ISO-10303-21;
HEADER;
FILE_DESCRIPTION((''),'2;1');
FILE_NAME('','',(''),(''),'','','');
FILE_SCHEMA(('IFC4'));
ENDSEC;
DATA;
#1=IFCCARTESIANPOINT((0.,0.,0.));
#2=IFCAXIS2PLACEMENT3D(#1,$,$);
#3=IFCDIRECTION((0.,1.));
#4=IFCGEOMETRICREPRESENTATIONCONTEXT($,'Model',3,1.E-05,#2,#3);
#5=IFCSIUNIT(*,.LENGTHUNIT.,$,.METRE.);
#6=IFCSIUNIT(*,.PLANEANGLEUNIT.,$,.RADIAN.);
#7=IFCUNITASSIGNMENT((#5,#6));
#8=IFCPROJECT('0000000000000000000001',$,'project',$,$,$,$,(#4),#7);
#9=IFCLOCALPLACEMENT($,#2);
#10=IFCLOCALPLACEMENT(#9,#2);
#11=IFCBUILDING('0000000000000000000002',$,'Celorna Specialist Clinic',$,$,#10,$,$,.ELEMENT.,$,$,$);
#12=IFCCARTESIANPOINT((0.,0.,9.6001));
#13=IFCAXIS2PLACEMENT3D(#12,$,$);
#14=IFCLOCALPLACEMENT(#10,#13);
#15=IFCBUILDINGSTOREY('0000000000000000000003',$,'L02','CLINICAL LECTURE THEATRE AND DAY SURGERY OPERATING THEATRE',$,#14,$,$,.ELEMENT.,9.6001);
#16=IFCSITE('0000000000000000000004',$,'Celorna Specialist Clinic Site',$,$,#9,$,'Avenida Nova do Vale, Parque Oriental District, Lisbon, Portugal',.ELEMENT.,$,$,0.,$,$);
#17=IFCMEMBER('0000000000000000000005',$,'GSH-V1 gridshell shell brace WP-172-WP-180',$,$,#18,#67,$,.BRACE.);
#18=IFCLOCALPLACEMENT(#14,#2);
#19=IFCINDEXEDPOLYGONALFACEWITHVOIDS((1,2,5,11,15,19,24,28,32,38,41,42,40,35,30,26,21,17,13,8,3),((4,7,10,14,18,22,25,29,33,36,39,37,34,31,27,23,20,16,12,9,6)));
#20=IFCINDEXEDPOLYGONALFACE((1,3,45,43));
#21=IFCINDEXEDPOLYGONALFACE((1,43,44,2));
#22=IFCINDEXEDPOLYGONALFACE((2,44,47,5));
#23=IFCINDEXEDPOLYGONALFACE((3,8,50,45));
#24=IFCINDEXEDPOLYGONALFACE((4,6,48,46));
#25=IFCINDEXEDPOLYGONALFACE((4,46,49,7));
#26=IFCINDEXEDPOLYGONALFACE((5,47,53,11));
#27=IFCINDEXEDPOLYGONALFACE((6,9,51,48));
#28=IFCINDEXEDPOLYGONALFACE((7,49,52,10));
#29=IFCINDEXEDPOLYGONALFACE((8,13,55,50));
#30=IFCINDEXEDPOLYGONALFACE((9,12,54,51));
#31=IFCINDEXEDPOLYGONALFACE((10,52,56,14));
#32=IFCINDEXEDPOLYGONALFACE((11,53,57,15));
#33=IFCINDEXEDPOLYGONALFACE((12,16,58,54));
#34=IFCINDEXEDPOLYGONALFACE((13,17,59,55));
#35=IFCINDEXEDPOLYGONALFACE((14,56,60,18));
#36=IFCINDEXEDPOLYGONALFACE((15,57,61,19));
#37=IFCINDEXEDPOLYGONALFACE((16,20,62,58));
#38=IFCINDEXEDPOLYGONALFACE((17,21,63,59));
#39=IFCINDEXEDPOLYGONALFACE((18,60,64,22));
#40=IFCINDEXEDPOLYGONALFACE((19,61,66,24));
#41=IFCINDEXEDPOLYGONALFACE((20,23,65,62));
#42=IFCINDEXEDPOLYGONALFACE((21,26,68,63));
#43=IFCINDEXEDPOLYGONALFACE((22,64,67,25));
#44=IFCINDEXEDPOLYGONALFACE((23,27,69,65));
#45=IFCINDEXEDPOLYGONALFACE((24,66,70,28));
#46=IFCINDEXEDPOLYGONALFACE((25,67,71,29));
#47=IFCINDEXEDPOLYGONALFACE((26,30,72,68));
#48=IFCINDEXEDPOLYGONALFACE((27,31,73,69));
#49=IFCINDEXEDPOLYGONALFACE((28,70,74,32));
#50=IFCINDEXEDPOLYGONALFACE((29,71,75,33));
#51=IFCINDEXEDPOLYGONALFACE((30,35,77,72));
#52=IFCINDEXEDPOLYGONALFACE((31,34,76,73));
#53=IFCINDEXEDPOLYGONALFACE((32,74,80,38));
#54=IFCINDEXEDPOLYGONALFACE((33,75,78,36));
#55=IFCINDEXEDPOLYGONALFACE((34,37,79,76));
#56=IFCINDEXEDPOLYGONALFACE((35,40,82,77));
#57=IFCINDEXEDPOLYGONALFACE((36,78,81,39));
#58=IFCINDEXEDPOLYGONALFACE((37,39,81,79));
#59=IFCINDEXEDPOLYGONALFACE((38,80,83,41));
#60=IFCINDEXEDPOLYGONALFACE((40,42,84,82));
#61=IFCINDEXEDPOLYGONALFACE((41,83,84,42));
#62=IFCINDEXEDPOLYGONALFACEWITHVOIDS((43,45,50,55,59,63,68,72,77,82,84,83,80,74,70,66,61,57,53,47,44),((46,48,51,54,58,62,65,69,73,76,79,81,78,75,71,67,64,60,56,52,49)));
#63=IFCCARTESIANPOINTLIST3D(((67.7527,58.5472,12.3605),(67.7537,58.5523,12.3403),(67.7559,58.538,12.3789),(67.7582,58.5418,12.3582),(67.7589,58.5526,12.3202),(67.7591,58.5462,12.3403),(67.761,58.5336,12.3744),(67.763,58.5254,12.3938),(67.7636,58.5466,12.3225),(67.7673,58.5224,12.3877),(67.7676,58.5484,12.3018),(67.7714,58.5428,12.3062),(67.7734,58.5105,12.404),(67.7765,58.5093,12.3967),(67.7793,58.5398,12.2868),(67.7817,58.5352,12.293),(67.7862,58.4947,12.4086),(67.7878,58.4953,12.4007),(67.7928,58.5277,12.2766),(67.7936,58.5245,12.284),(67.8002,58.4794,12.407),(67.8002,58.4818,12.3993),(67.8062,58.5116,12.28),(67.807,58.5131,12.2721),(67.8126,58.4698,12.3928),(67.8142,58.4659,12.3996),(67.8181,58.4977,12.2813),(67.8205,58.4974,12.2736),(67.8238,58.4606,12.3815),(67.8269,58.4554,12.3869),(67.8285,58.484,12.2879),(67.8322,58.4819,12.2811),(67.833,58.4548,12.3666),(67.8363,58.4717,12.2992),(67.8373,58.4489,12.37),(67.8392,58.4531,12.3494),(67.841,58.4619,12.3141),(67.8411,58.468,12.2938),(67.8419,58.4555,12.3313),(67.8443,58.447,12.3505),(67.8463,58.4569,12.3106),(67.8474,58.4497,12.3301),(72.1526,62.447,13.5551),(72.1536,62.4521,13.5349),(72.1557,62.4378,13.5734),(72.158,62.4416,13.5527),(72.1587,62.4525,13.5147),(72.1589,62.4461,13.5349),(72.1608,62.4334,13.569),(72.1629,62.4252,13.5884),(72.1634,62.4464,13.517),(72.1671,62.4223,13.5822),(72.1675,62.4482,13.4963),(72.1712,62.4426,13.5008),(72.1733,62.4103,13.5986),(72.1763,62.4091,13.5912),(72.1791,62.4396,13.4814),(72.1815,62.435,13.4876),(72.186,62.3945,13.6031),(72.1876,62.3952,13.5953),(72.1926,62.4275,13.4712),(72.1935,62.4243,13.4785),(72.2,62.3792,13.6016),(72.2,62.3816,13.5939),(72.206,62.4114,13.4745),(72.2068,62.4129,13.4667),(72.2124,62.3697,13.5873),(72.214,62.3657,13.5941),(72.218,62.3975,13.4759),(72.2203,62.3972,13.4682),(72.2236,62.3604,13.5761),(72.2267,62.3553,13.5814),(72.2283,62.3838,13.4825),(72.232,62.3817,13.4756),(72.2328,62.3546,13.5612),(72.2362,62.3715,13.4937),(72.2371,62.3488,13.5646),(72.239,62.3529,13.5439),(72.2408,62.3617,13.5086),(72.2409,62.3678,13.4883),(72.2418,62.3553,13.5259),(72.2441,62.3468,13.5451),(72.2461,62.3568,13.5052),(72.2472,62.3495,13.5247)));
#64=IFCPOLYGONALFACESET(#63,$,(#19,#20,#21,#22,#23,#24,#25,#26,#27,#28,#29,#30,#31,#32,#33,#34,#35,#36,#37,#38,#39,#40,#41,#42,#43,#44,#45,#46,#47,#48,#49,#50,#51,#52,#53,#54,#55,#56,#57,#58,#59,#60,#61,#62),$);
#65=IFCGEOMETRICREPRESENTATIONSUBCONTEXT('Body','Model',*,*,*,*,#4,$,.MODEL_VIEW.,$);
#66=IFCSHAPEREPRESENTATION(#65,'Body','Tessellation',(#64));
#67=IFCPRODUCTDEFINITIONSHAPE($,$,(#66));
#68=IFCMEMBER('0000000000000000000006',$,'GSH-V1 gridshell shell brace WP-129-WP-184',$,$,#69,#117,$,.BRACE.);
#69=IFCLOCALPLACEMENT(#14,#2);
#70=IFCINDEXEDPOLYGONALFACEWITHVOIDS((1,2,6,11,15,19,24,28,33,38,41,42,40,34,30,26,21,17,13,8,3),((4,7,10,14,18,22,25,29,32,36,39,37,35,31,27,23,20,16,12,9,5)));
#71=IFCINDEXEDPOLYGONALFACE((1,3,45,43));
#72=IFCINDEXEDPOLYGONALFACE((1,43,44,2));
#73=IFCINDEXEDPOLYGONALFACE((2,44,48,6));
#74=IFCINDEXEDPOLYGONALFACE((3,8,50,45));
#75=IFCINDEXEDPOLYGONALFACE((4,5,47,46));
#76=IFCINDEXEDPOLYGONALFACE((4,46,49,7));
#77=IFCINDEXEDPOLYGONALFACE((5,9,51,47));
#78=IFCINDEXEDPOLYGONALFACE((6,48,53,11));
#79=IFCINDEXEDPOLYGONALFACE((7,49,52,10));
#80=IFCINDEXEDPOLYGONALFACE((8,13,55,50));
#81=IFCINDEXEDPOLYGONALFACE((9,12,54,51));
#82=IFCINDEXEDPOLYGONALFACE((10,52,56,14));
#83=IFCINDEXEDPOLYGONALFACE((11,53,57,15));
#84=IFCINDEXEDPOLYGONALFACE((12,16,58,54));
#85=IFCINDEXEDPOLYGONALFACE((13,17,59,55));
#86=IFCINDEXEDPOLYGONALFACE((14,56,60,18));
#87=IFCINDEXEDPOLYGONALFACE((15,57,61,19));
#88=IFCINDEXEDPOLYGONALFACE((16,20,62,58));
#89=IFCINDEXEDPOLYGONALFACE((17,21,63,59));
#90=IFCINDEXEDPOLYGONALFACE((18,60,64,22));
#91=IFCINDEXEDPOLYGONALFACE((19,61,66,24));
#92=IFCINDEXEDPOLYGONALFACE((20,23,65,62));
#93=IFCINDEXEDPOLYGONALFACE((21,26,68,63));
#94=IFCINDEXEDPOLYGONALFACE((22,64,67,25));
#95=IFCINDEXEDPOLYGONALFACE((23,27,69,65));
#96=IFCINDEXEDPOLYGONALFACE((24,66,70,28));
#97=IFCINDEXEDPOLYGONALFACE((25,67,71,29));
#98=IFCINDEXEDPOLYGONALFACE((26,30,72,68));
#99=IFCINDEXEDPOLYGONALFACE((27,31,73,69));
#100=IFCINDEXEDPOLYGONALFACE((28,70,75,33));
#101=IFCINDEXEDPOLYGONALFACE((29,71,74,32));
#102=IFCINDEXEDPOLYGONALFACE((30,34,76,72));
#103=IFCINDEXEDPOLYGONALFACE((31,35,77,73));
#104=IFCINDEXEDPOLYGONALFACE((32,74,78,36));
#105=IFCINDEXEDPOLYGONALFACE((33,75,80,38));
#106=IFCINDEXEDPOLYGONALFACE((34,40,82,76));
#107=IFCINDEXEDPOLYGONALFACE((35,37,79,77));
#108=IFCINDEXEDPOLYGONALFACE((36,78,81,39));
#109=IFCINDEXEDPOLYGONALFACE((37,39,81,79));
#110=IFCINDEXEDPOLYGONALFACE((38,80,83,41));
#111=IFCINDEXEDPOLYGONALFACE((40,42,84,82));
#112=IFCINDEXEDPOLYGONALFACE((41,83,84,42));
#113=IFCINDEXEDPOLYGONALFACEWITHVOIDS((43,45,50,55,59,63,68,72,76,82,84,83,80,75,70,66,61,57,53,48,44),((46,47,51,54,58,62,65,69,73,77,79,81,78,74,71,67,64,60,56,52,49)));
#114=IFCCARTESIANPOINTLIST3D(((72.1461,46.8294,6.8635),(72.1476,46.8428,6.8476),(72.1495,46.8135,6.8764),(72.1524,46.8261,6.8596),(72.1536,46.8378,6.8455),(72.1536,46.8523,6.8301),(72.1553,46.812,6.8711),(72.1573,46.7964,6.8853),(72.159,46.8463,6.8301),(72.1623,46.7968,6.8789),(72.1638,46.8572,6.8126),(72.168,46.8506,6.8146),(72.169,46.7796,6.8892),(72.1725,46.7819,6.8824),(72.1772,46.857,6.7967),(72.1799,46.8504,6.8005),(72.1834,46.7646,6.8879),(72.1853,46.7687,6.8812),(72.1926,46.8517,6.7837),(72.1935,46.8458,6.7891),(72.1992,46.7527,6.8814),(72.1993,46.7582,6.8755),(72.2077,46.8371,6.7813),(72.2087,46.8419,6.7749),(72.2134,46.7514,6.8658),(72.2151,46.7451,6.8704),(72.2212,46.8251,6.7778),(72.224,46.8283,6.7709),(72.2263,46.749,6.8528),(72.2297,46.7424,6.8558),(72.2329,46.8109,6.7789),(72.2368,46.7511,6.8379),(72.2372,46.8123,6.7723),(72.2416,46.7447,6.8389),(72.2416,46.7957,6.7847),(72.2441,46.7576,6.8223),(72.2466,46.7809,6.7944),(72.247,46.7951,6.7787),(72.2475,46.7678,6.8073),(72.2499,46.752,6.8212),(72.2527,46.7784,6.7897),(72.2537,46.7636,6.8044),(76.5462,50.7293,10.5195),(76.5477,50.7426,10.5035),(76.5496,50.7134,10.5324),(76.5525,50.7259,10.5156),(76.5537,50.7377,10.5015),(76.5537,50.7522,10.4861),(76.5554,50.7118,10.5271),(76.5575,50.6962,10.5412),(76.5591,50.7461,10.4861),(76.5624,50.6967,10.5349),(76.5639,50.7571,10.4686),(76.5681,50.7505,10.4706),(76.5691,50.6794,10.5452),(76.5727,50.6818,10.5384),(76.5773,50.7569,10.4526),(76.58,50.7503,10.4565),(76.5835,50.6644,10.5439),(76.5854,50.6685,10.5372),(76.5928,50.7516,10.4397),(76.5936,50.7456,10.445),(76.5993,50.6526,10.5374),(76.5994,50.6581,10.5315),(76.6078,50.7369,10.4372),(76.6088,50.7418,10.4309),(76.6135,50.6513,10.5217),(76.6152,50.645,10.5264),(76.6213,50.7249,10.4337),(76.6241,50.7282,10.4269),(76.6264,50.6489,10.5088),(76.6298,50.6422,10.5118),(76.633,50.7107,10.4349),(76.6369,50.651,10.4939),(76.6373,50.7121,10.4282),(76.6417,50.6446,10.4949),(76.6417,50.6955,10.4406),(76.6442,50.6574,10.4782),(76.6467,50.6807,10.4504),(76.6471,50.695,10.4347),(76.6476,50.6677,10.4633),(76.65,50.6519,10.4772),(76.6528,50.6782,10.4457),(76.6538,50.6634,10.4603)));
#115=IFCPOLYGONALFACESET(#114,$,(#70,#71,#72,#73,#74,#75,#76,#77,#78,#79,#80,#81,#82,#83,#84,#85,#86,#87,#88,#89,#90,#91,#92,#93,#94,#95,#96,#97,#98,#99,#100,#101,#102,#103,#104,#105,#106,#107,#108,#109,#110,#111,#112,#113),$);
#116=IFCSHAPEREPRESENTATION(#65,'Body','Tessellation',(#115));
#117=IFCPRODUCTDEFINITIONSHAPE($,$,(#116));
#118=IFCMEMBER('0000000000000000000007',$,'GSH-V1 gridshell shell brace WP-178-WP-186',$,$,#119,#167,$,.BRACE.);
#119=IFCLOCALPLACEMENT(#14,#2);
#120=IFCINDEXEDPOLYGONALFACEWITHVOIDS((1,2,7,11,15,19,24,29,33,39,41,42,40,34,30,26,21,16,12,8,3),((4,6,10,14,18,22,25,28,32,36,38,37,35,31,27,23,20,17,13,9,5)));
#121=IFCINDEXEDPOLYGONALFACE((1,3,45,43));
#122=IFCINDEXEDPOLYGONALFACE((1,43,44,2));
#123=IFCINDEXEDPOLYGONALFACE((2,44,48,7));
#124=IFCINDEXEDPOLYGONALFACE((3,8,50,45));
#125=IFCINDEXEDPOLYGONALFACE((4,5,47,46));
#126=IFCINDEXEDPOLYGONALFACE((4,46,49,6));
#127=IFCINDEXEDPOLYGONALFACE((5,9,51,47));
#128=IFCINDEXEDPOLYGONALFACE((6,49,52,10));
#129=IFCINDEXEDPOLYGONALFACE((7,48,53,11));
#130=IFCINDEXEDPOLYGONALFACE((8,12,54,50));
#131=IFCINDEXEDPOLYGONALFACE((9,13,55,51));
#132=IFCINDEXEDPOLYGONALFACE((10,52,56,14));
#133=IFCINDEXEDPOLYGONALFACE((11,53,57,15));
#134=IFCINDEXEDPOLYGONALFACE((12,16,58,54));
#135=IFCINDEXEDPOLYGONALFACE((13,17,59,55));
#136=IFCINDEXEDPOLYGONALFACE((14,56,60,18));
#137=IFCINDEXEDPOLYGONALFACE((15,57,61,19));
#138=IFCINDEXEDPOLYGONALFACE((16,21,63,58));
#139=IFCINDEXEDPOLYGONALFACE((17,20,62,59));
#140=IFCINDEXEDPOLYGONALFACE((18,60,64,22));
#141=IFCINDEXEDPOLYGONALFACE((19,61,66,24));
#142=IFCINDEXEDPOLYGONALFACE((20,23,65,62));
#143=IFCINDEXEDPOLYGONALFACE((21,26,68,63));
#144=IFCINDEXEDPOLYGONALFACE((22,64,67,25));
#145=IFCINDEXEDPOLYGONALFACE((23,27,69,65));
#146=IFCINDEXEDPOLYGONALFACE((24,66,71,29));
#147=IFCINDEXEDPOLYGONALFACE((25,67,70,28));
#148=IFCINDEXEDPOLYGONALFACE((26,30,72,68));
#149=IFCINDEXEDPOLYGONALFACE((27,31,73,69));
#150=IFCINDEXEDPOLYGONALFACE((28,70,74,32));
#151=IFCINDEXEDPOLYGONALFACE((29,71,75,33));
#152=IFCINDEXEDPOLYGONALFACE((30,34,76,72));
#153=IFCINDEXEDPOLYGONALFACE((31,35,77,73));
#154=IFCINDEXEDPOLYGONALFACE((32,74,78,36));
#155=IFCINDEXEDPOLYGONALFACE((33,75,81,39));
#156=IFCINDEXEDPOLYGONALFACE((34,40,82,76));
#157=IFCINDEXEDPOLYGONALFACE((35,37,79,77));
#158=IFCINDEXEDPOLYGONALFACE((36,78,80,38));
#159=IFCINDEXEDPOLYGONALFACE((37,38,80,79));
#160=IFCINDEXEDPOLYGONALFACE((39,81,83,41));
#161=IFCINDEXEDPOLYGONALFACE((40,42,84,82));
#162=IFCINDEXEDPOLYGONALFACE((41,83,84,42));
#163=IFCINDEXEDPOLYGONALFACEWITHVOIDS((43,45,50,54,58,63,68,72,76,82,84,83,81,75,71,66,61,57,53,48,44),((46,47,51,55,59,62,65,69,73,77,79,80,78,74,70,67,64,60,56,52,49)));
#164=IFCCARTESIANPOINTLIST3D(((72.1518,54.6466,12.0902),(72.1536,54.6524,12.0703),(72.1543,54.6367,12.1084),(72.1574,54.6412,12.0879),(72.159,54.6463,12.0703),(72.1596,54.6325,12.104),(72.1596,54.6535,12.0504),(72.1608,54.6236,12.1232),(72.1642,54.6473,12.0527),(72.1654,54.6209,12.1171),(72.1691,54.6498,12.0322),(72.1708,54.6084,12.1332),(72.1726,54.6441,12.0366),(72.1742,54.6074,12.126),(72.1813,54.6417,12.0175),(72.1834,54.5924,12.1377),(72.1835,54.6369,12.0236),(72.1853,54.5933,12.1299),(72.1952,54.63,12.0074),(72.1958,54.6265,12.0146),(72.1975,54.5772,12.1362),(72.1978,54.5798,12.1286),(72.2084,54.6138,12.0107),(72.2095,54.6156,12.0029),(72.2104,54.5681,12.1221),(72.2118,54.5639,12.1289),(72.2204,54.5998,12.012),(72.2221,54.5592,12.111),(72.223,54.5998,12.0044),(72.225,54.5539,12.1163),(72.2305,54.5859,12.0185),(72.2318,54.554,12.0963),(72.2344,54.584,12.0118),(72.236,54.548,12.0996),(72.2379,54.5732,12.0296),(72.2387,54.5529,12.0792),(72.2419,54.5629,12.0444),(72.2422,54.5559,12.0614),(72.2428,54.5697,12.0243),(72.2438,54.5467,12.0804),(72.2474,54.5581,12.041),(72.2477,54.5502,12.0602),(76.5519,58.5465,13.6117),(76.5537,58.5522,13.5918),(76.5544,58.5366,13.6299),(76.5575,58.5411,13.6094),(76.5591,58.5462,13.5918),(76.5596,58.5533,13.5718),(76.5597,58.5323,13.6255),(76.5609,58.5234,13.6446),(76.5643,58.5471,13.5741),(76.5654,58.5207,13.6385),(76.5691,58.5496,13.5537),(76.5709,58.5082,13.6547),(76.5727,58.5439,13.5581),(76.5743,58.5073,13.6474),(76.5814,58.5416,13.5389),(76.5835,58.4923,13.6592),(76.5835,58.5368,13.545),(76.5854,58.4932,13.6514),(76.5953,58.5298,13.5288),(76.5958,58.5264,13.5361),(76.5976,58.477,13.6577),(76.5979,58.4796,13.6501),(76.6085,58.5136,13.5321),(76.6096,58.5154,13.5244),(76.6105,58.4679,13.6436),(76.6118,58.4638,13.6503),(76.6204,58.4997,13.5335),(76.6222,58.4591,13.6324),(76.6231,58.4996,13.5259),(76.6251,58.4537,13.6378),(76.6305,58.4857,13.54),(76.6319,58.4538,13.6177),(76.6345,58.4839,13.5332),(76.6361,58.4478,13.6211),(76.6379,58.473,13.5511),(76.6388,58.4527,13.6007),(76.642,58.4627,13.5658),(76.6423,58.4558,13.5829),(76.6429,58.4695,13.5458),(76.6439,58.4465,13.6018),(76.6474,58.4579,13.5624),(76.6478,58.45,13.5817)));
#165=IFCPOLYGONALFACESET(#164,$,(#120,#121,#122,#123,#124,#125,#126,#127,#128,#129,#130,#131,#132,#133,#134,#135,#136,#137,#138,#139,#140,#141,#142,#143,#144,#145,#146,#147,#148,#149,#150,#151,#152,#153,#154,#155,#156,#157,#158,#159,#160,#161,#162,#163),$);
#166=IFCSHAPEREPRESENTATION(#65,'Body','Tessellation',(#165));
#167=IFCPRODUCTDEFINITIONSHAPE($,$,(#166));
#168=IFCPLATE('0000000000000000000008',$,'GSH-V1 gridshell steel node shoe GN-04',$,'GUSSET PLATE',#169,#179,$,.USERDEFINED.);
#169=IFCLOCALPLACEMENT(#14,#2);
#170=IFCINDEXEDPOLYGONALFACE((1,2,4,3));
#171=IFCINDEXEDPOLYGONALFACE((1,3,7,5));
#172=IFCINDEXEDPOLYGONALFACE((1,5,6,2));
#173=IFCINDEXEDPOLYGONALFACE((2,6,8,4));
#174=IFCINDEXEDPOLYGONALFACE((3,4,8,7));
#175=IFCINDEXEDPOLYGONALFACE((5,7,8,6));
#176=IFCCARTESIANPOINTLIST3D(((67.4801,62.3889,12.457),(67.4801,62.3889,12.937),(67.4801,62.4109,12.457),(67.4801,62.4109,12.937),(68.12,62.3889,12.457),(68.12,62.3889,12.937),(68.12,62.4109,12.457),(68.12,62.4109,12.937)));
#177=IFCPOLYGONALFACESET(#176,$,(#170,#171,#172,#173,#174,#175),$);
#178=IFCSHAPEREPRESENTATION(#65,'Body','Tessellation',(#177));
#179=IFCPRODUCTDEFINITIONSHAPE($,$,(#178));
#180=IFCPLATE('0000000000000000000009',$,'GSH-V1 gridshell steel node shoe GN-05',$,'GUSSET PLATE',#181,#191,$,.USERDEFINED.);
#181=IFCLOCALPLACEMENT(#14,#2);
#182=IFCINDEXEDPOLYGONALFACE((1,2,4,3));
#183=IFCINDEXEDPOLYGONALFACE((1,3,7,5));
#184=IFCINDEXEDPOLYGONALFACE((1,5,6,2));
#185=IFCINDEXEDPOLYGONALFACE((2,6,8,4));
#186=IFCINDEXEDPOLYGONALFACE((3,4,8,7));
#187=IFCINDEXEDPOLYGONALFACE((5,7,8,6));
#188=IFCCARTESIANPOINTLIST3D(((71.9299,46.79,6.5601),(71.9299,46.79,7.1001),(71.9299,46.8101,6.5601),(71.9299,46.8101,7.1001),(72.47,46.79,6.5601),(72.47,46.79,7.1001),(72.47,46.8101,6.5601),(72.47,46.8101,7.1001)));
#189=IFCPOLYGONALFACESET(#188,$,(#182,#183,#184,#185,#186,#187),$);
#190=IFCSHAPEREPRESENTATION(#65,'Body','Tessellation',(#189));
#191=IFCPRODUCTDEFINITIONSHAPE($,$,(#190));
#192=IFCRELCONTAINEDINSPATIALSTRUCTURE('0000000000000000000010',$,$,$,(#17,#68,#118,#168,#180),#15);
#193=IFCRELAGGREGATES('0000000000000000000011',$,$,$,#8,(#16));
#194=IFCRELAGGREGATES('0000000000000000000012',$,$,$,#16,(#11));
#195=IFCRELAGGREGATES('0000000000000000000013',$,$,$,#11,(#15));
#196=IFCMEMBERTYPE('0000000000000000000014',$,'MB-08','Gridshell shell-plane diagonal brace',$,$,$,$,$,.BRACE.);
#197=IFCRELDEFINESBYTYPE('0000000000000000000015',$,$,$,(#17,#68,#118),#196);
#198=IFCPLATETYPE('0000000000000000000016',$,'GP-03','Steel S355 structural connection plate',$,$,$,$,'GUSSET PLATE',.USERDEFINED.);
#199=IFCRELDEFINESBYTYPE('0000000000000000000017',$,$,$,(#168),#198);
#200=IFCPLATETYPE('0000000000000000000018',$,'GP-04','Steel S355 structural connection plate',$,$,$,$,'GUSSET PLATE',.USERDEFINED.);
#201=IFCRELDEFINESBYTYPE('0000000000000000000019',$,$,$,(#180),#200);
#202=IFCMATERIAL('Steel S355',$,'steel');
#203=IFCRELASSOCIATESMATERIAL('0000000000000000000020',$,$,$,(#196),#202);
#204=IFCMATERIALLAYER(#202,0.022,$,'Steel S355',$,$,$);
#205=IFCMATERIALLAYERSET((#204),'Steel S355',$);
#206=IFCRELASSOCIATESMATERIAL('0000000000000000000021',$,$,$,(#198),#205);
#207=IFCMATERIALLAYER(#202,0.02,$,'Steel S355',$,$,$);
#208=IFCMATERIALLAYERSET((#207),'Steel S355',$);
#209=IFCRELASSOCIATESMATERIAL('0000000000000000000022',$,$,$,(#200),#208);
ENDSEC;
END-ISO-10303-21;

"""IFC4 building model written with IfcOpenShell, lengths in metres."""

from ifc_helpers import new_model, si_unit, direction, frame, origin, origin_2d, place, context, subcontext, project, spatial, rectangle, hollow_circle, extrude, material, layer, layer_set, material_profile, profile_set, type_object, element, save


model = new_model("IFC4")

# Units and contexts
model_context = context("Model", 3, precision=1e-05, world=origin(), true_north=direction((0.0, 1.0)))
body_context = subcontext(model_context, "Body", "Model", "MODEL_VIEW")
ifc_project = project(units=[si_unit("LENGTHUNIT", "METRE"), si_unit("PLANEANGLEUNIT", "RADIAN")], contexts=[model_context])

# Site, building, storey
site_placement = place(None, origin())
site = spatial("IfcSite", under=ifc_project, at=site_placement, Name="Celorna Specialist Clinic Site", LongName="Avenida Nova do Vale, Parque Oriental District, Lisbon, Portugal", CompositionType="ELEMENT", RefElevation=0.0)
building_placement = place(site_placement, origin())
building = spatial("IfcBuilding", under=site, at=building_placement, Name="Celorna Specialist Clinic", CompositionType="ELEMENT")
storey_placement = place(building_placement, frame((0.0, 0.0, 9.6001)))
storey = spatial("IfcBuildingStorey", under=building, at=storey_placement, Name="L02", Description="CLINICAL LECTURE THEATRE AND DAY SURGERY OPERATING THEATRE", CompositionType="ELEMENT", Elevation=9.6001)

# Shared definitions
ifc_material_1 = material(Name="Steel S355", Category="steel")

# Members
ifc_material_profile_1 = material_profile(ifc_material_1, hollow_circle(Radius=0.0698, WallThickness=0.0081, at=origin_2d()), Name="CHS 139.7x8")
ifc_profile_set_1 = profile_set([ifc_material_profile_1], Name="Steel S355")
member_type_1 = type_object("IfcMemberType", Name="MB-08", Description="Gridshell shell-plane diagonal brace", PredefinedType="BRACE", material=ifc_profile_set_1)
member_1_placement = place(storey_placement, frame((67.8, 58.5, 12.3403), z_axis=(0.733364, 0.650025, 0.199109), x_axis=(-0.663306, 0.748348, 0.0)))
element("IfcMember", 1, at=member_1_placement, inside=storey, type_object=member_type_1, Name="GSH-V1 gridshell shell brace WP-172-WP-180", PredefinedType="BRACE", context=body_context, shape_type="SweptSolid", body=[
    extrude(hollow_circle(Radius=0.0698, WallThickness=0.0081, at=origin_2d()), origin(), (0.0, 0.0, 1.0), 5.9995),
])
member_2_placement = place(storey_placement, frame((72.2, 46.8, 6.8301), z_axis=(0.635524, 0.563273, 0.528046), x_axis=(-0.663286, 0.748366, 0.0)))
element("IfcMember", 2, at=member_2_placement, inside=storey, type_object=member_type_1, Name="GSH-V1 gridshell shell brace WP-129-WP-184", PredefinedType="BRACE", context=body_context, shape_type="SweptSolid", body=[
    extrude(hollow_circle(Radius=0.0698, WallThickness=0.0081, at=origin_2d()), origin(), (0.0, 0.0, 1.0), 6.9236),
])
member_3_placement = place(storey_placement, frame((72.2, 54.6001, 12.0703), z_axis=(0.724502, 0.642135, 0.250519), x_axis=(-0.663286, 0.748366, 0.0)))
element("IfcMember", 3, at=member_3_placement, inside=storey, type_object=member_type_1, Name="GSH-V1 gridshell shell brace WP-178-WP-186", PredefinedType="BRACE", context=body_context, shape_type="SweptSolid", body=[
    extrude(hollow_circle(Radius=0.0698, WallThickness=0.0081, at=origin_2d()), origin(), (0.0, 0.0, 1.0), 6.0732),
])

# Plates
ifc_layer_1 = layer(ifc_material_1, 0.022, Name="Steel S355")
ifc_layer_set_1 = layer_set([ifc_layer_1], Name="Steel S355")
plate_type_1 = type_object("IfcPlateType", Name="GP-03", Description="Steel S355 structural connection plate", ElementType="GUSSET PLATE", PredefinedType="USERDEFINED", material=ifc_layer_set_1)
plate_1_placement = place(storey_placement, frame((67.8, 62.3999, 12.457), z_axis=(0.0, 0.0, 1.0), x_axis=(1.0, 0.0, 0.0)))
element("IfcPlate", 4, at=plate_1_placement, inside=storey, type_object=plate_type_1, Name="GSH-V1 gridshell steel node shoe GN-04", ObjectType="GUSSET PLATE", PredefinedType="USERDEFINED", context=body_context, shape_type="SweptSolid", body=[
    extrude(rectangle(XDim=0.6399, YDim=0.022, at=origin_2d()), origin(), (0.0, 0.0, 1.0), 0.48),
])
ifc_layer_2 = layer(ifc_material_1, 0.02, Name="Steel S355")
ifc_layer_set_2 = layer_set([ifc_layer_2], Name="Steel S355")
plate_type_2 = type_object("IfcPlateType", Name="GP-04", Description="Steel S355 structural connection plate", ElementType="GUSSET PLATE", PredefinedType="USERDEFINED", material=ifc_layer_set_2)
plate_2_placement = place(storey_placement, frame((72.2, 46.8, 6.5601), z_axis=(0.0, 0.0, 1.0), x_axis=(1.0, 0.0, 0.0)))
element("IfcPlate", 5, at=plate_2_placement, inside=storey, type_object=plate_type_2, Name="GSH-V1 gridshell steel node shoe GN-05", ObjectType="GUSSET PLATE", PredefinedType="USERDEFINED", context=body_context, shape_type="SweptSolid", body=[
    extrude(rectangle(XDim=0.54, YDim=0.02, at=origin_2d()), origin(), (0.0, 0.0, 1.0), 0.54),
])

save(model, "model.ifc")
